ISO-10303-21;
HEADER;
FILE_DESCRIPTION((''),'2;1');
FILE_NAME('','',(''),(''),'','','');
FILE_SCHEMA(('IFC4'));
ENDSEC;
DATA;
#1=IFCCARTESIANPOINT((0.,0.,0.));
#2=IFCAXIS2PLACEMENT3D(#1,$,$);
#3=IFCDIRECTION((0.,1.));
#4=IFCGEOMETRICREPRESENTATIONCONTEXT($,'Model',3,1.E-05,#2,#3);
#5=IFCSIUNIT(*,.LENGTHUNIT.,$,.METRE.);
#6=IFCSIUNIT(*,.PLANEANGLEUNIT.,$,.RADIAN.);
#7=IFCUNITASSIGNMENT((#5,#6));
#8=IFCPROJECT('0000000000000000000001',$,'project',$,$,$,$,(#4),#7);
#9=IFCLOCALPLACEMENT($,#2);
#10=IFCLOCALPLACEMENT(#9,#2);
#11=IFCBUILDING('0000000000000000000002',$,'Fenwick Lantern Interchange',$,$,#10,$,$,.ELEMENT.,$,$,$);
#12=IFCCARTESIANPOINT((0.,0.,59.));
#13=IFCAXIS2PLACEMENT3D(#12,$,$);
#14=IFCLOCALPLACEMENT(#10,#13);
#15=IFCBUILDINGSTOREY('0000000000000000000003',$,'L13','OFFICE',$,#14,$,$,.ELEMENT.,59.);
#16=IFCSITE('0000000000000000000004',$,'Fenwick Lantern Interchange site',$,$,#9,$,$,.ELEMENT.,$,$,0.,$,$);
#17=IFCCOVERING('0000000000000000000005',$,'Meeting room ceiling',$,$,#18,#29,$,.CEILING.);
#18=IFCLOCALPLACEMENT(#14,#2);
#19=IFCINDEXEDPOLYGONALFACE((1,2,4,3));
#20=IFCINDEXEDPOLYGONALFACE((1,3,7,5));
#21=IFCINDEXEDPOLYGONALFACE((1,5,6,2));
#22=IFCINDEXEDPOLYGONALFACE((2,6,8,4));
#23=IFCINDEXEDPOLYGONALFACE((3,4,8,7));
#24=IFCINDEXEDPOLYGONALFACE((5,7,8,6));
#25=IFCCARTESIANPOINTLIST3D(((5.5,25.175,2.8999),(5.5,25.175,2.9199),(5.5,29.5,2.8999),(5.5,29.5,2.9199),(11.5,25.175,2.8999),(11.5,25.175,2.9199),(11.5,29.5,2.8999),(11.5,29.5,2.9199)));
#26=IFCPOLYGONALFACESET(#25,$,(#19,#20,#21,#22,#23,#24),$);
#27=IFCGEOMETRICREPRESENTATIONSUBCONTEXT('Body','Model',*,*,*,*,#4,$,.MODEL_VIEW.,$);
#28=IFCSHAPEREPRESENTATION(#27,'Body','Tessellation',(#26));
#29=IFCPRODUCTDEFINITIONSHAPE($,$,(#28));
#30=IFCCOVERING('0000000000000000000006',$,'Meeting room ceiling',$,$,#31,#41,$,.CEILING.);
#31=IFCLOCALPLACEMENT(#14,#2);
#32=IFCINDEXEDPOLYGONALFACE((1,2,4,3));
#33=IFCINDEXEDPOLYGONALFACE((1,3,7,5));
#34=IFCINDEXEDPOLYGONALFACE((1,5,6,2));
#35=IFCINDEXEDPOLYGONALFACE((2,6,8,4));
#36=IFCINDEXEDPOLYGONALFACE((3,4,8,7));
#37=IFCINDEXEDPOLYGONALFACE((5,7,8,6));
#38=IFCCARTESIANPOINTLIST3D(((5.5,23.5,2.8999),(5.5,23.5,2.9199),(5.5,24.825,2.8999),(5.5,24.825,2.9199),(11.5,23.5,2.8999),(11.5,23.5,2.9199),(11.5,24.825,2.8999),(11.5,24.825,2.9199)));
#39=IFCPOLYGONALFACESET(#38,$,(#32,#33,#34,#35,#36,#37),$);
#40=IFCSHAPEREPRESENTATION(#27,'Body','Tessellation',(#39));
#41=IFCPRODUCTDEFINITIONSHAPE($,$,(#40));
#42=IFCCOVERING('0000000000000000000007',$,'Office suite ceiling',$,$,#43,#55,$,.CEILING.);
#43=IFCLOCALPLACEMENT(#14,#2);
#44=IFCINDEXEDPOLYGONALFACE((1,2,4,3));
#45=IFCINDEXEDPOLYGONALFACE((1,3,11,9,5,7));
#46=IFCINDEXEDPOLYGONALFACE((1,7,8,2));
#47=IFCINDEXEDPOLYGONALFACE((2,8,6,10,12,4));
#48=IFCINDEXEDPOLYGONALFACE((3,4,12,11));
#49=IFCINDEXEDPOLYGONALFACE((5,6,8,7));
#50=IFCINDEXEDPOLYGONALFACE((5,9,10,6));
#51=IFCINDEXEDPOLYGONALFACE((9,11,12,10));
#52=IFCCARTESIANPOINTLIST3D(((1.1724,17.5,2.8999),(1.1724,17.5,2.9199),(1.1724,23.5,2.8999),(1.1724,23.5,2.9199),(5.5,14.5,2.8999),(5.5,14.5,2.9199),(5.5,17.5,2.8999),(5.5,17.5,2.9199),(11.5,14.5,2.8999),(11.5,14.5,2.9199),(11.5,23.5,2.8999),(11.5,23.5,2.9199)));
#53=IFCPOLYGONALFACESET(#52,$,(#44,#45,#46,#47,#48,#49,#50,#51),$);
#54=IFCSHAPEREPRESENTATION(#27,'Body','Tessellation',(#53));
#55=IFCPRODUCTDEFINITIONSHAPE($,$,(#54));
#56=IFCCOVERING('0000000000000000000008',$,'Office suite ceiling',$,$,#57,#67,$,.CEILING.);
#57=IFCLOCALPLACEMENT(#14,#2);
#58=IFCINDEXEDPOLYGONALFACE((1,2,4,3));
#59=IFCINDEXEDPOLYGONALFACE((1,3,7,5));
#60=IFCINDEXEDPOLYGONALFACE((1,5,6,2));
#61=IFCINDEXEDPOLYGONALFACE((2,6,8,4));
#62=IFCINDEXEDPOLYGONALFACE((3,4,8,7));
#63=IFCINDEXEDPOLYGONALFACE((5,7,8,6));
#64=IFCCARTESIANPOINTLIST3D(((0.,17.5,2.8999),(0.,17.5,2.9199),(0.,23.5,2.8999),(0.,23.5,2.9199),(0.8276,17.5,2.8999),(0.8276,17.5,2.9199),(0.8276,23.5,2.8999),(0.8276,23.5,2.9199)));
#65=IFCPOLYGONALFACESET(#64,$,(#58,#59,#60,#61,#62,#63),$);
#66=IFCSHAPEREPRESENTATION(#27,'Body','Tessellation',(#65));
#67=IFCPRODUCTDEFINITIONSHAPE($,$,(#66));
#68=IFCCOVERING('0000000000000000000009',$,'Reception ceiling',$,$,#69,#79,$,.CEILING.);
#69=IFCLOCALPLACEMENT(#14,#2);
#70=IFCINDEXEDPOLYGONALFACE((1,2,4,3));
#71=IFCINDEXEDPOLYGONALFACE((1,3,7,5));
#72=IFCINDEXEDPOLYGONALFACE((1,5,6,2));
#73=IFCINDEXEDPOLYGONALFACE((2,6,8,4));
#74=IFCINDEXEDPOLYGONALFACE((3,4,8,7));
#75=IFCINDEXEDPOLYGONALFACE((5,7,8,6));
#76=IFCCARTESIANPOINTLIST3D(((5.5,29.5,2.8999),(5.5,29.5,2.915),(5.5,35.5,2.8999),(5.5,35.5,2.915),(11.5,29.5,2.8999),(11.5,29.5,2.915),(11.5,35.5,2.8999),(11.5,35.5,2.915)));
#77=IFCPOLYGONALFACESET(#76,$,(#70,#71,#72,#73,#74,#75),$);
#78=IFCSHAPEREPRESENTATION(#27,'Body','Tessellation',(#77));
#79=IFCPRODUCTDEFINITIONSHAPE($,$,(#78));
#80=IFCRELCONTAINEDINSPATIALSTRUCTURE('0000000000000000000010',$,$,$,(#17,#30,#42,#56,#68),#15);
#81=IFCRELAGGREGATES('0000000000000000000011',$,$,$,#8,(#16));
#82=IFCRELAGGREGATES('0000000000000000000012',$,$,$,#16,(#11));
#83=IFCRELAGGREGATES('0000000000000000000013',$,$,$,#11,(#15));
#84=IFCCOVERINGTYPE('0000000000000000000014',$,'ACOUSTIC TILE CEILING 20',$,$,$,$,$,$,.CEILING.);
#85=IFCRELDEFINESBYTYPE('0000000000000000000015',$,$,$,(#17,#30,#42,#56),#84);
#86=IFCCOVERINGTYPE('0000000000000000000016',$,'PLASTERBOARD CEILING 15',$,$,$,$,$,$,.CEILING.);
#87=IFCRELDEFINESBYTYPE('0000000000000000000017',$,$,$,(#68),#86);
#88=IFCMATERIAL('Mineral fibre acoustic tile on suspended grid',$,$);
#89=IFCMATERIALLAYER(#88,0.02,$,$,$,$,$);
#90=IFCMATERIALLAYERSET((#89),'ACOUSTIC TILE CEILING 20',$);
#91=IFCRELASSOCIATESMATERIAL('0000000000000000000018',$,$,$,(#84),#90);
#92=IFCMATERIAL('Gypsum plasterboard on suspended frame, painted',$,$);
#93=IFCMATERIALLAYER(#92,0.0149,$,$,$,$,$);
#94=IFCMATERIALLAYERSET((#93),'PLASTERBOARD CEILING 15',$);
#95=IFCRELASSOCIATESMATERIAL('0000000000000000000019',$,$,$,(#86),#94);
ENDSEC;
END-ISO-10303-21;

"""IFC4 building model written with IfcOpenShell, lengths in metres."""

from ifc_helpers import new_model, si_unit, direction, frame, origin, place, context, subcontext, project, spatial, polyline, outline, extrude, material, layer, layer_set, type_object, element, save


model = new_model("IFC4")

# Units and contexts
model_context = context("Model", 3, precision=1e-05, world=origin(), true_north=direction((0.0, 1.0)))
body_context = subcontext(model_context, "Body", "Model", "MODEL_VIEW")
ifc_project = project(units=[si_unit("LENGTHUNIT", "METRE"), si_unit("PLANEANGLEUNIT", "RADIAN")], contexts=[model_context])

# Site, building, storey
site_placement = place(None, origin())
site = spatial("IfcSite", under=ifc_project, at=site_placement, Name="Fenwick Lantern Interchange site", CompositionType="ELEMENT", RefElevation=0.0)
building_placement = place(site_placement, origin())
building = spatial("IfcBuilding", under=site, at=building_placement, Name="Fenwick Lantern Interchange", CompositionType="ELEMENT")
storey_placement = place(building_placement, frame((0.0, 0.0, 59.0)))
storey = spatial("IfcBuildingStorey", under=building, at=storey_placement, Name="L13", Description="OFFICE", CompositionType="ELEMENT", Elevation=59.0)

# Coverings
ifc_material_1 = material(Name="Mineral fibre acoustic tile on suspended grid")
ifc_layer_1 = layer(ifc_material_1, 0.02)
ifc_layer_set_1 = layer_set([ifc_layer_1], Name="ACOUSTIC TILE CEILING 20")
covering_type_1 = type_object("IfcCoveringType", Name="ACOUSTIC TILE CEILING 20", PredefinedType="CEILING", material=ifc_layer_set_1)
covering_1_placement = place(storey_placement, frame((0.0, 0.0, 2.8999)))
element("IfcCovering", 1, at=covering_1_placement, inside=storey, type_object=covering_type_1, Name="Meeting room ceiling", PredefinedType="CEILING", context=body_context, shape_type="SweptSolid", body=[
    extrude(outline(polyline([(11.5, 29.5), (5.5, 29.5), (5.5, 25.175), (11.5, 25.175), (11.5, 29.5)])), origin(), (0.0, 0.0, 1.0), 0.02),
])
covering_2_placement = place(storey_placement, frame((0.0, 0.0, 2.8999)))
element("IfcCovering", 2, at=covering_2_placement, inside=storey, type_object=covering_type_1, Name="Meeting room ceiling", PredefinedType="CEILING", context=body_context, shape_type="SweptSolid", body=[
    extrude(outline(polyline([(11.5, 23.5), (11.5, 24.825), (5.5, 24.825), (5.5, 23.5), (11.5, 23.5)])), origin(), (0.0, 0.0, 1.0), 0.02),
])
covering_3_placement = place(storey_placement, frame((0.0, 0.0, 2.8999)))
element("IfcCovering", 3, at=covering_3_placement, inside=storey, type_object=covering_type_1, Name="Office suite ceiling", PredefinedType="CEILING", context=body_context, shape_type="SweptSolid", body=[
    extrude(outline(polyline([(11.5, 23.5), (1.1724, 23.5), (1.1724, 17.5), (5.5, 17.5), (5.5, 14.5), (11.5, 14.5), (11.5, 23.5)])), origin(), (0.0, 0.0, 1.0), 0.02),
])
covering_4_placement = place(storey_placement, frame((0.0, 0.0, 2.8999)))
element("IfcCovering", 4, at=covering_4_placement, inside=storey, type_object=covering_type_1, Name="Office suite ceiling", PredefinedType="CEILING", context=body_context, shape_type="SweptSolid", body=[
    extrude(outline(polyline([(0.0, 23.5), (0.0, 17.5), (0.8276, 17.5), (0.8276, 23.5), (0.0, 23.5)])), origin(), (0.0, 0.0, 1.0), 0.02),
])
ifc_material_2 = material(Name="Gypsum plasterboard on suspended frame, painted")
ifc_layer_2 = layer(ifc_material_2, 0.0149)
ifc_layer_set_2 = layer_set([ifc_layer_2], Name="PLASTERBOARD CEILING 15")
covering_type_2 = type_object("IfcCoveringType", Name="PLASTERBOARD CEILING 15", PredefinedType="CEILING", material=ifc_layer_set_2)
covering_5_placement = place(storey_placement, frame((0.0, 0.0, 2.8999)))
element("IfcCovering", 5, at=covering_5_placement, inside=storey, type_object=covering_type_2, Name="Reception ceiling", PredefinedType="CEILING", context=body_context, shape_type="SweptSolid", body=[
    extrude(outline(polyline([(5.5, 35.5), (5.5, 29.5), (11.5, 29.5), (11.5, 35.5), (5.5, 35.5)])), origin(), (0.0, 0.0, 1.0), 0.0151),
])

save(model, "model.ifc")
